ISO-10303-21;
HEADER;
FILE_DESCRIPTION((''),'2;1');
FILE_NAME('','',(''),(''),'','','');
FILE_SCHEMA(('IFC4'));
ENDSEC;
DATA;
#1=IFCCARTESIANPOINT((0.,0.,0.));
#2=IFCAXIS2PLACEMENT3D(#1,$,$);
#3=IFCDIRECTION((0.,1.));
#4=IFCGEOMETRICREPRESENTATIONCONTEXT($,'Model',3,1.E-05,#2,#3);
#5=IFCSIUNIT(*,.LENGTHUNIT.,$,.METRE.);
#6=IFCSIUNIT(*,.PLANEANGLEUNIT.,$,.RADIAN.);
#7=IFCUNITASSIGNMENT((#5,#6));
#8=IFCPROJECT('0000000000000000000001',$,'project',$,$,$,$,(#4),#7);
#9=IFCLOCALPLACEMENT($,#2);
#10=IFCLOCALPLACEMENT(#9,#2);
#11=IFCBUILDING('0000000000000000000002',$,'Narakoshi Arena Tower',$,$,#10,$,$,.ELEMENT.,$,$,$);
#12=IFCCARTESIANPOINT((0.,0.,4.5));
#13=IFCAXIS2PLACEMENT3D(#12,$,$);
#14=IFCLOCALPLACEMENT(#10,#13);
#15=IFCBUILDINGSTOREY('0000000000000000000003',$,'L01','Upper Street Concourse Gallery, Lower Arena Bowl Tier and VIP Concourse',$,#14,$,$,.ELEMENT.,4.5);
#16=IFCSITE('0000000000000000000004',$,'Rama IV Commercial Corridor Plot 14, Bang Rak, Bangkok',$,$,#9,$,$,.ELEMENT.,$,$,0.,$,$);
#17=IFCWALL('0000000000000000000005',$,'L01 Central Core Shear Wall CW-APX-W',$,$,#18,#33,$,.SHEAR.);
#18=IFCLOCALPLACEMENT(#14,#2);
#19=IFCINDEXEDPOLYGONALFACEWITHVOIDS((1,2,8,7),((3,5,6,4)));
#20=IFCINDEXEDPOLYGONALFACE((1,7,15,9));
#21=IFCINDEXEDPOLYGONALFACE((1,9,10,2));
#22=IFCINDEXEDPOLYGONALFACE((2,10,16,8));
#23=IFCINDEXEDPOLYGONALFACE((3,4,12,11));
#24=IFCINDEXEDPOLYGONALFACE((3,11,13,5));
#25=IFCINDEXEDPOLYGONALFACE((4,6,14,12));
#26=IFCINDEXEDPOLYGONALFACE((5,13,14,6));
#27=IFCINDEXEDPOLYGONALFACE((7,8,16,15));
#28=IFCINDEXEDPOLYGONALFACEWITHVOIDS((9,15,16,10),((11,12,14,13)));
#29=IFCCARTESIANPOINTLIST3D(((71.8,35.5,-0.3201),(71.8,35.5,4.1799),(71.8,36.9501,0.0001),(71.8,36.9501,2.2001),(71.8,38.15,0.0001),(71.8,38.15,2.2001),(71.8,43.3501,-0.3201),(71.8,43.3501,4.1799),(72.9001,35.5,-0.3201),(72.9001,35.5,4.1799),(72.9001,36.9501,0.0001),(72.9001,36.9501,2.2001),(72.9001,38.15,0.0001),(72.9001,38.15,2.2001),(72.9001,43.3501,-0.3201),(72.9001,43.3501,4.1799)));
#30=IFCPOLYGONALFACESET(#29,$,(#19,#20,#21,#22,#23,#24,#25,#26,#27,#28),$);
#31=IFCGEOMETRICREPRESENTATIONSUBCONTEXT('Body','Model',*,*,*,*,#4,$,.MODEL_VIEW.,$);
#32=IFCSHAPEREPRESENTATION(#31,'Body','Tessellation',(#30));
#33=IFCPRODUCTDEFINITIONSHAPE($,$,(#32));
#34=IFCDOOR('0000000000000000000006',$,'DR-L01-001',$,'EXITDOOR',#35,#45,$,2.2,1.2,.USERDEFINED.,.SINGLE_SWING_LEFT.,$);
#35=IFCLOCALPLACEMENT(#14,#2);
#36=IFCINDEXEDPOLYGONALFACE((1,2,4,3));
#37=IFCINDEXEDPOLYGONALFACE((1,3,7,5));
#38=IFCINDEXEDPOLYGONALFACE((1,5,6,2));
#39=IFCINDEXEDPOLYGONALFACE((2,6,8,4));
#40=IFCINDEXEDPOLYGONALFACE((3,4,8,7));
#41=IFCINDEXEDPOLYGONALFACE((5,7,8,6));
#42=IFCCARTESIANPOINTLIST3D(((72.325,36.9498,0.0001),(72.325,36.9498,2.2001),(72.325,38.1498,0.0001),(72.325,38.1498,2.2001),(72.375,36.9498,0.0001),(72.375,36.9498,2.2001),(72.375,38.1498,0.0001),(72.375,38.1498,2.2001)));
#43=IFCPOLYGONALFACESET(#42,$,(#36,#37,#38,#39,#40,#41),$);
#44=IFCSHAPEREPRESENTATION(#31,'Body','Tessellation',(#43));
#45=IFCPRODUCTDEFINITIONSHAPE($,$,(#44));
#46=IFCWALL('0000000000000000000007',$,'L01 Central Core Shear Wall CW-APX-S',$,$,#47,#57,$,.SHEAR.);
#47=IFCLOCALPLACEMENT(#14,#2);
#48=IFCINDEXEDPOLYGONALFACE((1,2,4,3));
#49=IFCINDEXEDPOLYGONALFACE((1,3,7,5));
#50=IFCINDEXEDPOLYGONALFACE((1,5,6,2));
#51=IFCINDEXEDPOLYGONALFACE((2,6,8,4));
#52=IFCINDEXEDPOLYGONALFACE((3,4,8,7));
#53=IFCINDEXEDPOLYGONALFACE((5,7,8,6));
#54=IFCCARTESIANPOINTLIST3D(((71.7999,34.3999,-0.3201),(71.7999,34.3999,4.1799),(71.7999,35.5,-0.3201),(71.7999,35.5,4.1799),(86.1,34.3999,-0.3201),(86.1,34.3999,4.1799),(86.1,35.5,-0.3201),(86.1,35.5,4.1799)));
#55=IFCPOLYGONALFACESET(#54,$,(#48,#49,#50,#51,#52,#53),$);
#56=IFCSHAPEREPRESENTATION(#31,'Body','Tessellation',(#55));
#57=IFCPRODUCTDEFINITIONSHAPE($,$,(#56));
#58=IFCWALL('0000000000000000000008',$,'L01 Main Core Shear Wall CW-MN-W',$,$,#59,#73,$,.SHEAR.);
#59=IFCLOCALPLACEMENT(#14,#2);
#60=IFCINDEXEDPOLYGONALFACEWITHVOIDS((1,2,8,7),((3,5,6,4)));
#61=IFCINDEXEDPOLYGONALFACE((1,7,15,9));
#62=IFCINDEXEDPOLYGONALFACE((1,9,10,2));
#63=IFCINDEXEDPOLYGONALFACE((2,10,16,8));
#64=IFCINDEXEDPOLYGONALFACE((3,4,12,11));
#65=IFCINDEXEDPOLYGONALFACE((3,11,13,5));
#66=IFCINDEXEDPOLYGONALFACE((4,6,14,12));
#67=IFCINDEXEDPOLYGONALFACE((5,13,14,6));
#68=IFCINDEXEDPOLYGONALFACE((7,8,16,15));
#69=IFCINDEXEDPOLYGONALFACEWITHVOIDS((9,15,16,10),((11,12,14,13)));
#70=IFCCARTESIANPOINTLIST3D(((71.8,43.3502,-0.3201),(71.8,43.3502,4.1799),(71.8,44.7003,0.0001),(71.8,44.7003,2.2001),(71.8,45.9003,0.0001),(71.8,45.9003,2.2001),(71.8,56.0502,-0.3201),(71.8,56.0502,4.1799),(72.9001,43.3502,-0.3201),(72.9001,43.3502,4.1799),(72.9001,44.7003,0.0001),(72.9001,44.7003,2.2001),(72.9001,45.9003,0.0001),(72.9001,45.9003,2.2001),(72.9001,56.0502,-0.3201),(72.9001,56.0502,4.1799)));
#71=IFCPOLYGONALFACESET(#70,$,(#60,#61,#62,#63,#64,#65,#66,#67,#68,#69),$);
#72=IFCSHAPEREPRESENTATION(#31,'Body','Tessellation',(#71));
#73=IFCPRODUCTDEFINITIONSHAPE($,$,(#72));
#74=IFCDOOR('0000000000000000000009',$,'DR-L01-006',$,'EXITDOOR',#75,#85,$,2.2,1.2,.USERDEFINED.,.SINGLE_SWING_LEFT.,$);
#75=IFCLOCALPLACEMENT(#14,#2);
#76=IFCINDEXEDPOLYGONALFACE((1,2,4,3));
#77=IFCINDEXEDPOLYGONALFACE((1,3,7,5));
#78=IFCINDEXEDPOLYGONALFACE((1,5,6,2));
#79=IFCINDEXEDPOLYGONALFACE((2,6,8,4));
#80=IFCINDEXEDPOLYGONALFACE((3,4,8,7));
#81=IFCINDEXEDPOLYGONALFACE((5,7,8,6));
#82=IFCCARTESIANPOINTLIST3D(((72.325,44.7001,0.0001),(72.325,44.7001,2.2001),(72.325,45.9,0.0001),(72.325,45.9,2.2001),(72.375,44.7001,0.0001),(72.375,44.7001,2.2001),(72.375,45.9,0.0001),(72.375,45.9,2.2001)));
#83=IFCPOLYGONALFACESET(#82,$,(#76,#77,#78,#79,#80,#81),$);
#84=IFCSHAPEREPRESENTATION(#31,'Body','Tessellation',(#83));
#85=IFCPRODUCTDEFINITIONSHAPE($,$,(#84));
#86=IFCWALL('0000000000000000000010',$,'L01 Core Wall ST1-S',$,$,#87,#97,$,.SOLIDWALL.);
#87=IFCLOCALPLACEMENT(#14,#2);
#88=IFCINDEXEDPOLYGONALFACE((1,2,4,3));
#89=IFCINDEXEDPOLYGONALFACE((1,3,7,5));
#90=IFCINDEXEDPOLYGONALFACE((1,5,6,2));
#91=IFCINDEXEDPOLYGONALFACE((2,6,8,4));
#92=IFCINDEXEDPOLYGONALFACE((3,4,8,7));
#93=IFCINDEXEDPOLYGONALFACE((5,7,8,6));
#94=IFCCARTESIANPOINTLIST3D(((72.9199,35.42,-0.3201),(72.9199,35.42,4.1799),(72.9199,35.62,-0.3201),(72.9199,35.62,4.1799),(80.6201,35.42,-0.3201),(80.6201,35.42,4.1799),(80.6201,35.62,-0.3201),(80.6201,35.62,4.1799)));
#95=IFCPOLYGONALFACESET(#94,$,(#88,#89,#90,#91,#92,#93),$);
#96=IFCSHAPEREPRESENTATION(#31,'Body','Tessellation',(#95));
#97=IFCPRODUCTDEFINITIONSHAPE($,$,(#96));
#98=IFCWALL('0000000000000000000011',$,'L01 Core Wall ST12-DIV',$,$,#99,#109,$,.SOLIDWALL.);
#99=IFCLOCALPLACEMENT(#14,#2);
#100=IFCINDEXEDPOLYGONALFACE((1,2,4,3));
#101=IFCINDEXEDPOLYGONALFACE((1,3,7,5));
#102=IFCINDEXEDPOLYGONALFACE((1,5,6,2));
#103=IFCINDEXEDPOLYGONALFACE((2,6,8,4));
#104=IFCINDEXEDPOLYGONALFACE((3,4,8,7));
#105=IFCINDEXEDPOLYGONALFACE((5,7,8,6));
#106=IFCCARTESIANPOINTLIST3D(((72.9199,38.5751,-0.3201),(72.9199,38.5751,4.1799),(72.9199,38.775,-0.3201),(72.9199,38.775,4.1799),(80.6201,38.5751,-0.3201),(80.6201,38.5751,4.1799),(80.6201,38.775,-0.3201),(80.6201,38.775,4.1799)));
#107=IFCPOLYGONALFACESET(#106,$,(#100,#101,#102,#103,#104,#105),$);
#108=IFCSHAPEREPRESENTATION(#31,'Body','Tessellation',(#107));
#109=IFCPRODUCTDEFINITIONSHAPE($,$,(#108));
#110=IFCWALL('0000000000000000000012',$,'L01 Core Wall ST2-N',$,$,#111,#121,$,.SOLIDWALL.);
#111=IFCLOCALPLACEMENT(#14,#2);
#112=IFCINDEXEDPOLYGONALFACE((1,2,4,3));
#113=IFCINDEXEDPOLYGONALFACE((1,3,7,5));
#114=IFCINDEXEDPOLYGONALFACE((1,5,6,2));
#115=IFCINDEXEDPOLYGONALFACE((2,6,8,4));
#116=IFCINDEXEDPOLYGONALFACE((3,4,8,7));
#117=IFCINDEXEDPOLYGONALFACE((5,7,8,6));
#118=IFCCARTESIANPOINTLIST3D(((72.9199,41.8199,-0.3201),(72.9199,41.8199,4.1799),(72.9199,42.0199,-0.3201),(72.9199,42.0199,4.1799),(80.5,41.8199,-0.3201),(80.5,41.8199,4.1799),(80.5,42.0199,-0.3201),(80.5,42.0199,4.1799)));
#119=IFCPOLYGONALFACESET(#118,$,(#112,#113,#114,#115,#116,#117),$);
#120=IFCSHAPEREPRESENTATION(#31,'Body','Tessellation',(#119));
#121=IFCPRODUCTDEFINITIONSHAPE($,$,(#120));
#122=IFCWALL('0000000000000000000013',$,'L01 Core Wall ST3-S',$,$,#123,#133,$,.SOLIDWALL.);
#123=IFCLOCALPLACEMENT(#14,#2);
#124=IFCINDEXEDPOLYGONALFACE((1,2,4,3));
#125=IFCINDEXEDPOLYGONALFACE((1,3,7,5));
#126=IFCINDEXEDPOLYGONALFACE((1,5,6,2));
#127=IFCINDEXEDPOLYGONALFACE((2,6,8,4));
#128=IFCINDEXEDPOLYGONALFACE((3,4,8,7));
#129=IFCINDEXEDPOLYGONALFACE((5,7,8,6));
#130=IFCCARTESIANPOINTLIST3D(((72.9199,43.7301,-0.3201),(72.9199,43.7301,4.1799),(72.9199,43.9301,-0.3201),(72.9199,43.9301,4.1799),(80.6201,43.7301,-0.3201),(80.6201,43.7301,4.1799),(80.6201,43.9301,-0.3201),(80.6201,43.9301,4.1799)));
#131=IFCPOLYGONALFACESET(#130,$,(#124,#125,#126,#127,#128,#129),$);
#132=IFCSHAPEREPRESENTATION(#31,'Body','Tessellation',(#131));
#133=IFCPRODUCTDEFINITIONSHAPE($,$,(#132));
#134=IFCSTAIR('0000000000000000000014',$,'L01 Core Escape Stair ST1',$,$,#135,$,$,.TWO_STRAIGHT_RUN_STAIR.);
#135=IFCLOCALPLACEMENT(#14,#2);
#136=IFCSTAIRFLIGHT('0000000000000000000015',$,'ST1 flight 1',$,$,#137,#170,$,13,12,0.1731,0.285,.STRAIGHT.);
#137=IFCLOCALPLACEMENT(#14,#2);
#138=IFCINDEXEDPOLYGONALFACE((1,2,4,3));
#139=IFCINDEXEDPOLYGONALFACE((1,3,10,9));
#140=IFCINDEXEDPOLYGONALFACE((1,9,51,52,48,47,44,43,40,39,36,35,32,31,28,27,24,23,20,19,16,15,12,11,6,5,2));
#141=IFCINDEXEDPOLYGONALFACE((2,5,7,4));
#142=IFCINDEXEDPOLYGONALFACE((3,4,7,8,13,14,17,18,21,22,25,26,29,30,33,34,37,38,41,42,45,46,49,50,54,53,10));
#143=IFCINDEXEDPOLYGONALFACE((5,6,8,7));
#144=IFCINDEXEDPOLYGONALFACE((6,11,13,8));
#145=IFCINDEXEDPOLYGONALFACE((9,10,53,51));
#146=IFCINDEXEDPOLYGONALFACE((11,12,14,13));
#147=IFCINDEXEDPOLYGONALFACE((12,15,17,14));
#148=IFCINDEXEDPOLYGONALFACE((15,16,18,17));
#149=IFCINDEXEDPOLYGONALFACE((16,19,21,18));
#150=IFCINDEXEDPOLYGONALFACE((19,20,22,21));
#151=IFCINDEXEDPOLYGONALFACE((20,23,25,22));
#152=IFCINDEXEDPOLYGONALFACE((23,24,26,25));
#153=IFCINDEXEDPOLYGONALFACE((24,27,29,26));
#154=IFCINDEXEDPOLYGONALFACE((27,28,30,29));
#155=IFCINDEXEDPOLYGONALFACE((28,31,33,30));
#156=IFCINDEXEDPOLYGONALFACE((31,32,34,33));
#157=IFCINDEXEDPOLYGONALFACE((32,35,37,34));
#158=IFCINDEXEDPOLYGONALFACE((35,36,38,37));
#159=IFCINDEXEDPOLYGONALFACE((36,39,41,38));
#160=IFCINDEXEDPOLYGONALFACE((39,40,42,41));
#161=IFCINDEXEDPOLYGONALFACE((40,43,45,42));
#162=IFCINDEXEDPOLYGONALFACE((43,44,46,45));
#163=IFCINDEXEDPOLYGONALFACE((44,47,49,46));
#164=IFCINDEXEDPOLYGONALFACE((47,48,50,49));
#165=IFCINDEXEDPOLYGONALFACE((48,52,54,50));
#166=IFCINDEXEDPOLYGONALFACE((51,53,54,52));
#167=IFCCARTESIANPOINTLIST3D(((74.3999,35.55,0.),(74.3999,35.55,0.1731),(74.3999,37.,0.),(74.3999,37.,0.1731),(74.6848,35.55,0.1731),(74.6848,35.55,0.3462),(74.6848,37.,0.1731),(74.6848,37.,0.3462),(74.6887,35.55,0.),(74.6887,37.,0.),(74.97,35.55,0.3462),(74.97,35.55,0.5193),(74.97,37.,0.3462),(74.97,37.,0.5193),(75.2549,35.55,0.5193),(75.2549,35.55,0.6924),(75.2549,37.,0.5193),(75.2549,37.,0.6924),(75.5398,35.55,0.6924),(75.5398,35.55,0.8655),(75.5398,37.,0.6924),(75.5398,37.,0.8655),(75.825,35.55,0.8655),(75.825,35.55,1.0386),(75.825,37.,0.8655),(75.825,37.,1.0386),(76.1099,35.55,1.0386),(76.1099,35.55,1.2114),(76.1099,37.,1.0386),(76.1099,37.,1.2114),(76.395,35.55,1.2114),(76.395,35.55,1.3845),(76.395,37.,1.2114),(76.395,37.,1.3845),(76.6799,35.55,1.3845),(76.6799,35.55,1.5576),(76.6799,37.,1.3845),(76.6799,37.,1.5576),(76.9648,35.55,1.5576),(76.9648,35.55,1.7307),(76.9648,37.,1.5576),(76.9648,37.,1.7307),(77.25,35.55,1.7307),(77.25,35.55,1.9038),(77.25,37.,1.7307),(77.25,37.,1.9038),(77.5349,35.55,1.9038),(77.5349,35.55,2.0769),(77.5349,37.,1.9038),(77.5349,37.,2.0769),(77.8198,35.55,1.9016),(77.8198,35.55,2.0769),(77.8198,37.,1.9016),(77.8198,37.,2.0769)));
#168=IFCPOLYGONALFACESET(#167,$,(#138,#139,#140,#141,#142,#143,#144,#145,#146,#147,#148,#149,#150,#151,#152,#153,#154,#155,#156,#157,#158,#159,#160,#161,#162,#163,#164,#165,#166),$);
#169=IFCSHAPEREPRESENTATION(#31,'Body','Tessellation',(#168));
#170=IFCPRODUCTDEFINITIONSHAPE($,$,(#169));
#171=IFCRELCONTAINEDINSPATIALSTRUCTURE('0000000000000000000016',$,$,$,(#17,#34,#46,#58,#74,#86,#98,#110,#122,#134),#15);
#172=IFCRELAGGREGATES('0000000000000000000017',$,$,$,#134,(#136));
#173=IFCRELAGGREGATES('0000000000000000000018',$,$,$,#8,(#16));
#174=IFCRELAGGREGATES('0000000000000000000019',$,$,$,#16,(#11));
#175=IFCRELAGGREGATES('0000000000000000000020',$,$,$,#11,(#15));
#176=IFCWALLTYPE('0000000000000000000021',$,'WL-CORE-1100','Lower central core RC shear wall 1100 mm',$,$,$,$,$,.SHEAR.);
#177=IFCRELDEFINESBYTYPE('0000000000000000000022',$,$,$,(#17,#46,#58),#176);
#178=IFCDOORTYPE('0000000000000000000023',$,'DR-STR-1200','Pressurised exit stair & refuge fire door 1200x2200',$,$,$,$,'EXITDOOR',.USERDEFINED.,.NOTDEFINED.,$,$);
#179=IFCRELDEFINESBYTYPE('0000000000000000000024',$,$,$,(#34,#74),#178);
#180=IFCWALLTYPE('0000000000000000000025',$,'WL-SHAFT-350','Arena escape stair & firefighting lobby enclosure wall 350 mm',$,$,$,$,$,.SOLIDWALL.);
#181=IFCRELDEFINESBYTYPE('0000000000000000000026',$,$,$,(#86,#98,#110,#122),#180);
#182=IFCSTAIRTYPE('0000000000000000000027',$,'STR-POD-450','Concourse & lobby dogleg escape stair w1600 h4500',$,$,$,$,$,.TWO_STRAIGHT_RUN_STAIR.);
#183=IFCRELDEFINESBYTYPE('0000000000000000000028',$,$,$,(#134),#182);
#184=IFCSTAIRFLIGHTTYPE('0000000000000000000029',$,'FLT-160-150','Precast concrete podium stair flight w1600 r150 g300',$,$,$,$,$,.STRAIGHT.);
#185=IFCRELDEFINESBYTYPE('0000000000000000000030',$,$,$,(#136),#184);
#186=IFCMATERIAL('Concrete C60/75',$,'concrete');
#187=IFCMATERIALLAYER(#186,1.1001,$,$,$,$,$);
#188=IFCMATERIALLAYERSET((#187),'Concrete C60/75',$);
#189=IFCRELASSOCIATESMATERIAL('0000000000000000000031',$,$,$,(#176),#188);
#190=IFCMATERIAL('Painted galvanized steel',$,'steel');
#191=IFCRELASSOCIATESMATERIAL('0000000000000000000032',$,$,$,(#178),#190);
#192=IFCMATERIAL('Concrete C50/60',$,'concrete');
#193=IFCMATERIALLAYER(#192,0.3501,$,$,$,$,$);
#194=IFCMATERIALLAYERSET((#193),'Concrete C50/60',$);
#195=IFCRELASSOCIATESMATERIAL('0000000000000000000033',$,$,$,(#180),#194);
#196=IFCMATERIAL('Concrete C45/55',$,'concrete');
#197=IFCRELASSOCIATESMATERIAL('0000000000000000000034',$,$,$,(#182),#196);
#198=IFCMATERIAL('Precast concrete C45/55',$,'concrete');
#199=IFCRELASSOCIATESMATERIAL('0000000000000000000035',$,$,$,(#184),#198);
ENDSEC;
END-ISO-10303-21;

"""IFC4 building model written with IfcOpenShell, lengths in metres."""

from ifc_helpers import new_model, si_unit, direction, frame, frame_2d, origin, place, context, subcontext, project, spatial, polyline, rectangle, outline, extrude, material, layer, layer_set, type_object, element, fill, aggregate, save


model = new_model("IFC4")

# Units and contexts
model_context = context("Model", 3, precision=1e-05, world=origin(), true_north=direction((0.0, 1.0)))
body_context = subcontext(model_context, "Body", "Model", "MODEL_VIEW")
ifc_project = project(units=[si_unit("LENGTHUNIT", "METRE"), si_unit("PLANEANGLEUNIT", "RADIAN")], contexts=[model_context])

# Site, building, storey
site_placement = place(None, origin())
site = spatial("IfcSite", under=ifc_project, at=site_placement, Name="Rama IV Commercial Corridor Plot 14, Bang Rak, Bangkok", CompositionType="ELEMENT", RefElevation=0.0)
building_placement = place(site_placement, origin())
building = spatial("IfcBuilding", under=site, at=building_placement, Name="Narakoshi Arena Tower", CompositionType="ELEMENT")
storey_placement = place(building_placement, frame((0.0, 0.0, 4.5)))
storey = spatial("IfcBuildingStorey", under=building, at=storey_placement, Name="L01", Description="Upper Street Concourse Gallery, Lower Arena Bowl Tier and VIP Concourse", CompositionType="ELEMENT", Elevation=4.5)

# Shared definitions
ifc_material_1 = material(Name="Concrete C60/75", Category="concrete")

# Wall, opening, door
ifc_layer_1 = layer(ifc_material_1, 1.1001)
ifc_layer_set_1 = layer_set([ifc_layer_1], Name="Concrete C60/75")
wall_type_1 = type_object("IfcWallType", Name="WL-CORE-1100", Description="Lower central core RC shear wall 1100 mm", PredefinedType="SHEAR", material=ifc_layer_set_1)
wall_1_placement = place(storey_placement, frame((72.3501, 35.5, -0.3201), z_axis=(0.0, 0.0, 1.0), x_axis=(0.0, 1.0, 0.0)))
wall_1 = element("IfcWall", 1, at=wall_1_placement, inside=storey, type_object=wall_type_1, Name="L01 Central Core Shear Wall CW-APX-W", PredefinedType="SHEAR", context=body_context, shape_type="SweptSolid", body=[
    extrude(rectangle(XDim=7.8501, YDim=1.1001, at=frame_2d((3.925, 0.0))), origin(), (0.0, 0.0, 1.0), 4.5),
])
opening_1_placement = place(wall_1_placement, frame((1.45, 0.0, 0.3201)))
opening_1 = element("IfcOpeningElement", 2, at=opening_1_placement, cuts=wall_1, PredefinedType="OPENING", context=body_context, shape_type="SweptSolid", body=[
    extrude(rectangle(XDim=1.2, YDim=2.2, at=frame_2d((0.6001, 1.1001))), frame((0.0, 0.5601, 0.0), z_axis=(0.0, -1.0, 0.0), x_axis=(1.0, 0.0, 0.0)), (0.0, 0.0, 1.0), 1.1201),
])
ifc_material_2 = material(Name="Painted galvanized steel", Category="steel")
door_type = type_object("IfcDoorType", Name="DR-STR-1200", Description="Pressurised exit stair & refuge fire door 1200x2200", ElementType="EXITDOOR", OperationType="NOTDEFINED", PredefinedType="USERDEFINED", material=ifc_material_2)
door_1_placement = place(opening_1_placement, frame((1.2, 0.0, 0.0), z_axis=(0.0, 0.0, 1.0), x_axis=(-1.0, 0.0, 0.0)))
door_1 = element("IfcDoor", 3, at=door_1_placement, inside=storey, type_object=door_type, Name="DR-L01-001", ObjectType="EXITDOOR", OperationType="SINGLE_SWING_LEFT", OverallHeight=2.2, OverallWidth=1.2, PredefinedType="USERDEFINED", context=body_context, shape_type="SweptSolid", body=[
    extrude(rectangle(XDim=1.2, YDim=2.2, at=frame_2d((0.6001, 1.1001))), frame((0.0, 0.0249, 0.0), z_axis=(0.0, -1.0, 0.0), x_axis=(1.0, 0.0, 0.0)), (0.0, 0.0, 1.0), 0.05),
])
fill(opening_1, door_1)

# Wall
wall_2_placement = place(storey_placement, frame((71.8, 34.95, -0.3201), z_axis=(0.0, 0.0, 1.0), x_axis=(1.0, 0.0, 0.0)))
element("IfcWall", 4, at=wall_2_placement, inside=storey, type_object=wall_type_1, Name="L01 Central Core Shear Wall CW-APX-S", PredefinedType="SHEAR", context=body_context, shape_type="SweptSolid", body=[
    extrude(rectangle(XDim=14.3, YDim=1.1001, at=frame_2d((7.1499, 0.0))), origin(), (0.0, 0.0, 1.0), 4.5),
])

# Wall, opening, door
wall_3_placement = place(storey_placement, frame((72.3501, 43.3501, -0.3201), z_axis=(0.0, 0.0, 1.0), x_axis=(0.0, 1.0, 0.0)))
wall_3 = element("IfcWall", 5, at=wall_3_placement, inside=storey, type_object=wall_type_1, Name="L01 Main Core Shear Wall CW-MN-W", PredefinedType="SHEAR", context=body_context, shape_type="SweptSolid", body=[
    extrude(rectangle(XDim=12.7, YDim=1.1001, at=frame_2d((6.3501, 0.0))), origin(), (0.0, 0.0, 1.0), 4.5),
])
opening_2_placement = place(wall_3_placement, frame((1.3501, 0.0, 0.3201)))
opening_2 = element("IfcOpeningElement", 6, at=opening_2_placement, cuts=wall_3, PredefinedType="OPENING", context=body_context, shape_type="SweptSolid", body=[
    extrude(rectangle(XDim=1.2, YDim=2.2, at=frame_2d((0.6001, 1.1001))), frame((0.0, 0.5601, 0.0), z_axis=(0.0, -1.0, 0.0), x_axis=(1.0, 0.0, 0.0)), (0.0, 0.0, 1.0), 1.1201),
])
door_2_placement = place(opening_2_placement, frame((1.2, 0.0, 0.0), z_axis=(0.0, 0.0, 1.0), x_axis=(-1.0, 0.0, 0.0)))
door_2 = element("IfcDoor", 7, at=door_2_placement, inside=storey, type_object=door_type, Name="DR-L01-006", ObjectType="EXITDOOR", OperationType="SINGLE_SWING_LEFT", OverallHeight=2.2, OverallWidth=1.2, PredefinedType="USERDEFINED", context=body_context, shape_type="SweptSolid", body=[
    extrude(rectangle(XDim=1.2, YDim=2.2, at=frame_2d((0.6001, 1.1001))), frame((0.0, 0.0249, 0.0), z_axis=(0.0, -1.0, 0.0), x_axis=(1.0, 0.0, 0.0)), (0.0, 0.0, 1.0), 0.05),
])
fill(opening_2, door_2)

# Walls
ifc_material_3 = material(Name="Concrete C50/60", Category="concrete")
ifc_layer_2 = layer(ifc_material_3, 0.3501)
ifc_layer_set_2 = layer_set([ifc_layer_2], Name="Concrete C50/60")
wall_type_2 = type_object("IfcWallType", Name="WL-SHAFT-350", Description="Arena escape stair & firefighting lobby enclosure wall 350 mm", PredefinedType="SOLIDWALL", material=ifc_layer_set_2)
for number, where, z_axis, x_axis, name in (
    (8, (72.9199, 35.52, -0.3201), (0.0, 0.0, 1.0), (1.0, 0.0, 0.0), "L01 Core Wall ST1-S"),
    (9, (72.9199, 38.675, -0.3201), (0.0, 0.0, 1.0), (1.0, 0.0, 0.0), "L01 Core Wall ST12-DIV"),
):
    element("IfcWall", number, at=place(storey_placement, frame(where, z_axis=z_axis, x_axis=x_axis)), inside=storey, type_object=wall_type_2, Name=name, PredefinedType="SOLIDWALL", context=body_context, shape_type="SweptSolid", body=[
        extrude(rectangle(XDim=7.7002, YDim=0.2, at=frame_2d((3.8501, 0.0))), origin(), (0.0, 0.0, 1.0), 4.5),
    ])
wall_4_placement = place(storey_placement, frame((72.9199, 41.9199, -0.3201), z_axis=(0.0, 0.0, 1.0), x_axis=(1.0, 0.0, 0.0)))
element("IfcWall", 10, at=wall_4_placement, inside=storey, type_object=wall_type_2, Name="L01 Core Wall ST2-N", PredefinedType="SOLIDWALL", context=body_context, shape_type="SweptSolid", body=[
    extrude(rectangle(XDim=7.5801, YDim=0.2, at=frame_2d((3.79, 0.0))), origin(), (0.0, 0.0, 1.0), 4.5),
])
wall_5_placement = place(storey_placement, frame((72.9199, 43.8301, -0.3201), z_axis=(0.0, 0.0, 1.0), x_axis=(1.0, 0.0, 0.0)))
element("IfcWall", 11, at=wall_5_placement, inside=storey, type_object=wall_type_2, Name="L01 Core Wall ST3-S", PredefinedType="SOLIDWALL", context=body_context, shape_type="SweptSolid", body=[
    extrude(rectangle(XDim=7.7002, YDim=0.2, at=frame_2d((3.8501, 0.0))), origin(), (0.0, 0.0, 1.0), 4.5),
])

# Stair, stair flight
ifc_material_4 = material(Name="Concrete C45/55", Category="concrete")
stair_type = type_object("IfcStairType", Name="STR-POD-450", Description="Concourse & lobby dogleg escape stair w1600 h4500", PredefinedType="TWO_STRAIGHT_RUN_STAIR", material=ifc_material_4)
stair_1_placement = place(storey_placement, origin())
stair_1 = element("IfcStair", 12, at=stair_1_placement, inside=storey, type_object=stair_type, Name="L01 Core Escape Stair ST1", PredefinedType="TWO_STRAIGHT_RUN_STAIR")
ifc_material_5 = material(Name="Precast concrete C45/55", Category="concrete")
stair_flight_type = type_object("IfcStairFlightType", Name="FLT-160-150", Description="Precast concrete podium stair flight w1600 r150 g300", PredefinedType="STRAIGHT", material=ifc_material_5)
stair_flight_1_placement = place(storey_placement, frame((74.3999, 36.2749, 0.0), z_axis=(0.0, 0.0, 1.0), x_axis=(1.0, 0.0, 0.0)))
stair_flight_1 = element("IfcStairFlight", 13, at=stair_flight_1_placement, type_object=stair_flight_type, Name="ST1 flight 1", NumberOfRisers=13, NumberOfTreads=12, PredefinedType="STRAIGHT", RiserHeight=0.1731, TreadLength=0.285, context=body_context, shape_type="SweptSolid", body=[
    extrude(outline(polyline([(0.0, 0.0), (0.0, 0.1731), (0.2849, 0.1731), (0.2849, 0.3462), (0.5701, 0.3462), (0.5701, 0.5193), (0.855, 0.5193), (0.855, 0.6924), (1.1399, 0.6924), (1.1399, 0.8655), (1.425, 0.8655), (1.425, 1.0386), (1.71, 1.0386), (1.71, 1.2114), (1.9951, 1.2114), (1.9951, 1.3845), (2.28, 1.3845), (2.28, 1.5576), (2.5649, 1.5576), (2.5649, 1.7307), (2.8501, 1.7307), (2.8501, 1.9038), (3.135, 1.9038), (3.135, 2.0769), (3.4199, 2.0769), (3.4199, 2.25), (3.4199, 1.9016), (0.2888, 0.0), (0.0, 0.0)])), frame((0.0, 0.7251, 0.0), z_axis=(0.0, -1.0, 0.0), x_axis=(1.0, 0.0, 0.0)), (0.0, 0.0, 1.0), 1.45),
])
aggregate(stair_1, [stair_flight_1])

save(model, "model.ifc")
